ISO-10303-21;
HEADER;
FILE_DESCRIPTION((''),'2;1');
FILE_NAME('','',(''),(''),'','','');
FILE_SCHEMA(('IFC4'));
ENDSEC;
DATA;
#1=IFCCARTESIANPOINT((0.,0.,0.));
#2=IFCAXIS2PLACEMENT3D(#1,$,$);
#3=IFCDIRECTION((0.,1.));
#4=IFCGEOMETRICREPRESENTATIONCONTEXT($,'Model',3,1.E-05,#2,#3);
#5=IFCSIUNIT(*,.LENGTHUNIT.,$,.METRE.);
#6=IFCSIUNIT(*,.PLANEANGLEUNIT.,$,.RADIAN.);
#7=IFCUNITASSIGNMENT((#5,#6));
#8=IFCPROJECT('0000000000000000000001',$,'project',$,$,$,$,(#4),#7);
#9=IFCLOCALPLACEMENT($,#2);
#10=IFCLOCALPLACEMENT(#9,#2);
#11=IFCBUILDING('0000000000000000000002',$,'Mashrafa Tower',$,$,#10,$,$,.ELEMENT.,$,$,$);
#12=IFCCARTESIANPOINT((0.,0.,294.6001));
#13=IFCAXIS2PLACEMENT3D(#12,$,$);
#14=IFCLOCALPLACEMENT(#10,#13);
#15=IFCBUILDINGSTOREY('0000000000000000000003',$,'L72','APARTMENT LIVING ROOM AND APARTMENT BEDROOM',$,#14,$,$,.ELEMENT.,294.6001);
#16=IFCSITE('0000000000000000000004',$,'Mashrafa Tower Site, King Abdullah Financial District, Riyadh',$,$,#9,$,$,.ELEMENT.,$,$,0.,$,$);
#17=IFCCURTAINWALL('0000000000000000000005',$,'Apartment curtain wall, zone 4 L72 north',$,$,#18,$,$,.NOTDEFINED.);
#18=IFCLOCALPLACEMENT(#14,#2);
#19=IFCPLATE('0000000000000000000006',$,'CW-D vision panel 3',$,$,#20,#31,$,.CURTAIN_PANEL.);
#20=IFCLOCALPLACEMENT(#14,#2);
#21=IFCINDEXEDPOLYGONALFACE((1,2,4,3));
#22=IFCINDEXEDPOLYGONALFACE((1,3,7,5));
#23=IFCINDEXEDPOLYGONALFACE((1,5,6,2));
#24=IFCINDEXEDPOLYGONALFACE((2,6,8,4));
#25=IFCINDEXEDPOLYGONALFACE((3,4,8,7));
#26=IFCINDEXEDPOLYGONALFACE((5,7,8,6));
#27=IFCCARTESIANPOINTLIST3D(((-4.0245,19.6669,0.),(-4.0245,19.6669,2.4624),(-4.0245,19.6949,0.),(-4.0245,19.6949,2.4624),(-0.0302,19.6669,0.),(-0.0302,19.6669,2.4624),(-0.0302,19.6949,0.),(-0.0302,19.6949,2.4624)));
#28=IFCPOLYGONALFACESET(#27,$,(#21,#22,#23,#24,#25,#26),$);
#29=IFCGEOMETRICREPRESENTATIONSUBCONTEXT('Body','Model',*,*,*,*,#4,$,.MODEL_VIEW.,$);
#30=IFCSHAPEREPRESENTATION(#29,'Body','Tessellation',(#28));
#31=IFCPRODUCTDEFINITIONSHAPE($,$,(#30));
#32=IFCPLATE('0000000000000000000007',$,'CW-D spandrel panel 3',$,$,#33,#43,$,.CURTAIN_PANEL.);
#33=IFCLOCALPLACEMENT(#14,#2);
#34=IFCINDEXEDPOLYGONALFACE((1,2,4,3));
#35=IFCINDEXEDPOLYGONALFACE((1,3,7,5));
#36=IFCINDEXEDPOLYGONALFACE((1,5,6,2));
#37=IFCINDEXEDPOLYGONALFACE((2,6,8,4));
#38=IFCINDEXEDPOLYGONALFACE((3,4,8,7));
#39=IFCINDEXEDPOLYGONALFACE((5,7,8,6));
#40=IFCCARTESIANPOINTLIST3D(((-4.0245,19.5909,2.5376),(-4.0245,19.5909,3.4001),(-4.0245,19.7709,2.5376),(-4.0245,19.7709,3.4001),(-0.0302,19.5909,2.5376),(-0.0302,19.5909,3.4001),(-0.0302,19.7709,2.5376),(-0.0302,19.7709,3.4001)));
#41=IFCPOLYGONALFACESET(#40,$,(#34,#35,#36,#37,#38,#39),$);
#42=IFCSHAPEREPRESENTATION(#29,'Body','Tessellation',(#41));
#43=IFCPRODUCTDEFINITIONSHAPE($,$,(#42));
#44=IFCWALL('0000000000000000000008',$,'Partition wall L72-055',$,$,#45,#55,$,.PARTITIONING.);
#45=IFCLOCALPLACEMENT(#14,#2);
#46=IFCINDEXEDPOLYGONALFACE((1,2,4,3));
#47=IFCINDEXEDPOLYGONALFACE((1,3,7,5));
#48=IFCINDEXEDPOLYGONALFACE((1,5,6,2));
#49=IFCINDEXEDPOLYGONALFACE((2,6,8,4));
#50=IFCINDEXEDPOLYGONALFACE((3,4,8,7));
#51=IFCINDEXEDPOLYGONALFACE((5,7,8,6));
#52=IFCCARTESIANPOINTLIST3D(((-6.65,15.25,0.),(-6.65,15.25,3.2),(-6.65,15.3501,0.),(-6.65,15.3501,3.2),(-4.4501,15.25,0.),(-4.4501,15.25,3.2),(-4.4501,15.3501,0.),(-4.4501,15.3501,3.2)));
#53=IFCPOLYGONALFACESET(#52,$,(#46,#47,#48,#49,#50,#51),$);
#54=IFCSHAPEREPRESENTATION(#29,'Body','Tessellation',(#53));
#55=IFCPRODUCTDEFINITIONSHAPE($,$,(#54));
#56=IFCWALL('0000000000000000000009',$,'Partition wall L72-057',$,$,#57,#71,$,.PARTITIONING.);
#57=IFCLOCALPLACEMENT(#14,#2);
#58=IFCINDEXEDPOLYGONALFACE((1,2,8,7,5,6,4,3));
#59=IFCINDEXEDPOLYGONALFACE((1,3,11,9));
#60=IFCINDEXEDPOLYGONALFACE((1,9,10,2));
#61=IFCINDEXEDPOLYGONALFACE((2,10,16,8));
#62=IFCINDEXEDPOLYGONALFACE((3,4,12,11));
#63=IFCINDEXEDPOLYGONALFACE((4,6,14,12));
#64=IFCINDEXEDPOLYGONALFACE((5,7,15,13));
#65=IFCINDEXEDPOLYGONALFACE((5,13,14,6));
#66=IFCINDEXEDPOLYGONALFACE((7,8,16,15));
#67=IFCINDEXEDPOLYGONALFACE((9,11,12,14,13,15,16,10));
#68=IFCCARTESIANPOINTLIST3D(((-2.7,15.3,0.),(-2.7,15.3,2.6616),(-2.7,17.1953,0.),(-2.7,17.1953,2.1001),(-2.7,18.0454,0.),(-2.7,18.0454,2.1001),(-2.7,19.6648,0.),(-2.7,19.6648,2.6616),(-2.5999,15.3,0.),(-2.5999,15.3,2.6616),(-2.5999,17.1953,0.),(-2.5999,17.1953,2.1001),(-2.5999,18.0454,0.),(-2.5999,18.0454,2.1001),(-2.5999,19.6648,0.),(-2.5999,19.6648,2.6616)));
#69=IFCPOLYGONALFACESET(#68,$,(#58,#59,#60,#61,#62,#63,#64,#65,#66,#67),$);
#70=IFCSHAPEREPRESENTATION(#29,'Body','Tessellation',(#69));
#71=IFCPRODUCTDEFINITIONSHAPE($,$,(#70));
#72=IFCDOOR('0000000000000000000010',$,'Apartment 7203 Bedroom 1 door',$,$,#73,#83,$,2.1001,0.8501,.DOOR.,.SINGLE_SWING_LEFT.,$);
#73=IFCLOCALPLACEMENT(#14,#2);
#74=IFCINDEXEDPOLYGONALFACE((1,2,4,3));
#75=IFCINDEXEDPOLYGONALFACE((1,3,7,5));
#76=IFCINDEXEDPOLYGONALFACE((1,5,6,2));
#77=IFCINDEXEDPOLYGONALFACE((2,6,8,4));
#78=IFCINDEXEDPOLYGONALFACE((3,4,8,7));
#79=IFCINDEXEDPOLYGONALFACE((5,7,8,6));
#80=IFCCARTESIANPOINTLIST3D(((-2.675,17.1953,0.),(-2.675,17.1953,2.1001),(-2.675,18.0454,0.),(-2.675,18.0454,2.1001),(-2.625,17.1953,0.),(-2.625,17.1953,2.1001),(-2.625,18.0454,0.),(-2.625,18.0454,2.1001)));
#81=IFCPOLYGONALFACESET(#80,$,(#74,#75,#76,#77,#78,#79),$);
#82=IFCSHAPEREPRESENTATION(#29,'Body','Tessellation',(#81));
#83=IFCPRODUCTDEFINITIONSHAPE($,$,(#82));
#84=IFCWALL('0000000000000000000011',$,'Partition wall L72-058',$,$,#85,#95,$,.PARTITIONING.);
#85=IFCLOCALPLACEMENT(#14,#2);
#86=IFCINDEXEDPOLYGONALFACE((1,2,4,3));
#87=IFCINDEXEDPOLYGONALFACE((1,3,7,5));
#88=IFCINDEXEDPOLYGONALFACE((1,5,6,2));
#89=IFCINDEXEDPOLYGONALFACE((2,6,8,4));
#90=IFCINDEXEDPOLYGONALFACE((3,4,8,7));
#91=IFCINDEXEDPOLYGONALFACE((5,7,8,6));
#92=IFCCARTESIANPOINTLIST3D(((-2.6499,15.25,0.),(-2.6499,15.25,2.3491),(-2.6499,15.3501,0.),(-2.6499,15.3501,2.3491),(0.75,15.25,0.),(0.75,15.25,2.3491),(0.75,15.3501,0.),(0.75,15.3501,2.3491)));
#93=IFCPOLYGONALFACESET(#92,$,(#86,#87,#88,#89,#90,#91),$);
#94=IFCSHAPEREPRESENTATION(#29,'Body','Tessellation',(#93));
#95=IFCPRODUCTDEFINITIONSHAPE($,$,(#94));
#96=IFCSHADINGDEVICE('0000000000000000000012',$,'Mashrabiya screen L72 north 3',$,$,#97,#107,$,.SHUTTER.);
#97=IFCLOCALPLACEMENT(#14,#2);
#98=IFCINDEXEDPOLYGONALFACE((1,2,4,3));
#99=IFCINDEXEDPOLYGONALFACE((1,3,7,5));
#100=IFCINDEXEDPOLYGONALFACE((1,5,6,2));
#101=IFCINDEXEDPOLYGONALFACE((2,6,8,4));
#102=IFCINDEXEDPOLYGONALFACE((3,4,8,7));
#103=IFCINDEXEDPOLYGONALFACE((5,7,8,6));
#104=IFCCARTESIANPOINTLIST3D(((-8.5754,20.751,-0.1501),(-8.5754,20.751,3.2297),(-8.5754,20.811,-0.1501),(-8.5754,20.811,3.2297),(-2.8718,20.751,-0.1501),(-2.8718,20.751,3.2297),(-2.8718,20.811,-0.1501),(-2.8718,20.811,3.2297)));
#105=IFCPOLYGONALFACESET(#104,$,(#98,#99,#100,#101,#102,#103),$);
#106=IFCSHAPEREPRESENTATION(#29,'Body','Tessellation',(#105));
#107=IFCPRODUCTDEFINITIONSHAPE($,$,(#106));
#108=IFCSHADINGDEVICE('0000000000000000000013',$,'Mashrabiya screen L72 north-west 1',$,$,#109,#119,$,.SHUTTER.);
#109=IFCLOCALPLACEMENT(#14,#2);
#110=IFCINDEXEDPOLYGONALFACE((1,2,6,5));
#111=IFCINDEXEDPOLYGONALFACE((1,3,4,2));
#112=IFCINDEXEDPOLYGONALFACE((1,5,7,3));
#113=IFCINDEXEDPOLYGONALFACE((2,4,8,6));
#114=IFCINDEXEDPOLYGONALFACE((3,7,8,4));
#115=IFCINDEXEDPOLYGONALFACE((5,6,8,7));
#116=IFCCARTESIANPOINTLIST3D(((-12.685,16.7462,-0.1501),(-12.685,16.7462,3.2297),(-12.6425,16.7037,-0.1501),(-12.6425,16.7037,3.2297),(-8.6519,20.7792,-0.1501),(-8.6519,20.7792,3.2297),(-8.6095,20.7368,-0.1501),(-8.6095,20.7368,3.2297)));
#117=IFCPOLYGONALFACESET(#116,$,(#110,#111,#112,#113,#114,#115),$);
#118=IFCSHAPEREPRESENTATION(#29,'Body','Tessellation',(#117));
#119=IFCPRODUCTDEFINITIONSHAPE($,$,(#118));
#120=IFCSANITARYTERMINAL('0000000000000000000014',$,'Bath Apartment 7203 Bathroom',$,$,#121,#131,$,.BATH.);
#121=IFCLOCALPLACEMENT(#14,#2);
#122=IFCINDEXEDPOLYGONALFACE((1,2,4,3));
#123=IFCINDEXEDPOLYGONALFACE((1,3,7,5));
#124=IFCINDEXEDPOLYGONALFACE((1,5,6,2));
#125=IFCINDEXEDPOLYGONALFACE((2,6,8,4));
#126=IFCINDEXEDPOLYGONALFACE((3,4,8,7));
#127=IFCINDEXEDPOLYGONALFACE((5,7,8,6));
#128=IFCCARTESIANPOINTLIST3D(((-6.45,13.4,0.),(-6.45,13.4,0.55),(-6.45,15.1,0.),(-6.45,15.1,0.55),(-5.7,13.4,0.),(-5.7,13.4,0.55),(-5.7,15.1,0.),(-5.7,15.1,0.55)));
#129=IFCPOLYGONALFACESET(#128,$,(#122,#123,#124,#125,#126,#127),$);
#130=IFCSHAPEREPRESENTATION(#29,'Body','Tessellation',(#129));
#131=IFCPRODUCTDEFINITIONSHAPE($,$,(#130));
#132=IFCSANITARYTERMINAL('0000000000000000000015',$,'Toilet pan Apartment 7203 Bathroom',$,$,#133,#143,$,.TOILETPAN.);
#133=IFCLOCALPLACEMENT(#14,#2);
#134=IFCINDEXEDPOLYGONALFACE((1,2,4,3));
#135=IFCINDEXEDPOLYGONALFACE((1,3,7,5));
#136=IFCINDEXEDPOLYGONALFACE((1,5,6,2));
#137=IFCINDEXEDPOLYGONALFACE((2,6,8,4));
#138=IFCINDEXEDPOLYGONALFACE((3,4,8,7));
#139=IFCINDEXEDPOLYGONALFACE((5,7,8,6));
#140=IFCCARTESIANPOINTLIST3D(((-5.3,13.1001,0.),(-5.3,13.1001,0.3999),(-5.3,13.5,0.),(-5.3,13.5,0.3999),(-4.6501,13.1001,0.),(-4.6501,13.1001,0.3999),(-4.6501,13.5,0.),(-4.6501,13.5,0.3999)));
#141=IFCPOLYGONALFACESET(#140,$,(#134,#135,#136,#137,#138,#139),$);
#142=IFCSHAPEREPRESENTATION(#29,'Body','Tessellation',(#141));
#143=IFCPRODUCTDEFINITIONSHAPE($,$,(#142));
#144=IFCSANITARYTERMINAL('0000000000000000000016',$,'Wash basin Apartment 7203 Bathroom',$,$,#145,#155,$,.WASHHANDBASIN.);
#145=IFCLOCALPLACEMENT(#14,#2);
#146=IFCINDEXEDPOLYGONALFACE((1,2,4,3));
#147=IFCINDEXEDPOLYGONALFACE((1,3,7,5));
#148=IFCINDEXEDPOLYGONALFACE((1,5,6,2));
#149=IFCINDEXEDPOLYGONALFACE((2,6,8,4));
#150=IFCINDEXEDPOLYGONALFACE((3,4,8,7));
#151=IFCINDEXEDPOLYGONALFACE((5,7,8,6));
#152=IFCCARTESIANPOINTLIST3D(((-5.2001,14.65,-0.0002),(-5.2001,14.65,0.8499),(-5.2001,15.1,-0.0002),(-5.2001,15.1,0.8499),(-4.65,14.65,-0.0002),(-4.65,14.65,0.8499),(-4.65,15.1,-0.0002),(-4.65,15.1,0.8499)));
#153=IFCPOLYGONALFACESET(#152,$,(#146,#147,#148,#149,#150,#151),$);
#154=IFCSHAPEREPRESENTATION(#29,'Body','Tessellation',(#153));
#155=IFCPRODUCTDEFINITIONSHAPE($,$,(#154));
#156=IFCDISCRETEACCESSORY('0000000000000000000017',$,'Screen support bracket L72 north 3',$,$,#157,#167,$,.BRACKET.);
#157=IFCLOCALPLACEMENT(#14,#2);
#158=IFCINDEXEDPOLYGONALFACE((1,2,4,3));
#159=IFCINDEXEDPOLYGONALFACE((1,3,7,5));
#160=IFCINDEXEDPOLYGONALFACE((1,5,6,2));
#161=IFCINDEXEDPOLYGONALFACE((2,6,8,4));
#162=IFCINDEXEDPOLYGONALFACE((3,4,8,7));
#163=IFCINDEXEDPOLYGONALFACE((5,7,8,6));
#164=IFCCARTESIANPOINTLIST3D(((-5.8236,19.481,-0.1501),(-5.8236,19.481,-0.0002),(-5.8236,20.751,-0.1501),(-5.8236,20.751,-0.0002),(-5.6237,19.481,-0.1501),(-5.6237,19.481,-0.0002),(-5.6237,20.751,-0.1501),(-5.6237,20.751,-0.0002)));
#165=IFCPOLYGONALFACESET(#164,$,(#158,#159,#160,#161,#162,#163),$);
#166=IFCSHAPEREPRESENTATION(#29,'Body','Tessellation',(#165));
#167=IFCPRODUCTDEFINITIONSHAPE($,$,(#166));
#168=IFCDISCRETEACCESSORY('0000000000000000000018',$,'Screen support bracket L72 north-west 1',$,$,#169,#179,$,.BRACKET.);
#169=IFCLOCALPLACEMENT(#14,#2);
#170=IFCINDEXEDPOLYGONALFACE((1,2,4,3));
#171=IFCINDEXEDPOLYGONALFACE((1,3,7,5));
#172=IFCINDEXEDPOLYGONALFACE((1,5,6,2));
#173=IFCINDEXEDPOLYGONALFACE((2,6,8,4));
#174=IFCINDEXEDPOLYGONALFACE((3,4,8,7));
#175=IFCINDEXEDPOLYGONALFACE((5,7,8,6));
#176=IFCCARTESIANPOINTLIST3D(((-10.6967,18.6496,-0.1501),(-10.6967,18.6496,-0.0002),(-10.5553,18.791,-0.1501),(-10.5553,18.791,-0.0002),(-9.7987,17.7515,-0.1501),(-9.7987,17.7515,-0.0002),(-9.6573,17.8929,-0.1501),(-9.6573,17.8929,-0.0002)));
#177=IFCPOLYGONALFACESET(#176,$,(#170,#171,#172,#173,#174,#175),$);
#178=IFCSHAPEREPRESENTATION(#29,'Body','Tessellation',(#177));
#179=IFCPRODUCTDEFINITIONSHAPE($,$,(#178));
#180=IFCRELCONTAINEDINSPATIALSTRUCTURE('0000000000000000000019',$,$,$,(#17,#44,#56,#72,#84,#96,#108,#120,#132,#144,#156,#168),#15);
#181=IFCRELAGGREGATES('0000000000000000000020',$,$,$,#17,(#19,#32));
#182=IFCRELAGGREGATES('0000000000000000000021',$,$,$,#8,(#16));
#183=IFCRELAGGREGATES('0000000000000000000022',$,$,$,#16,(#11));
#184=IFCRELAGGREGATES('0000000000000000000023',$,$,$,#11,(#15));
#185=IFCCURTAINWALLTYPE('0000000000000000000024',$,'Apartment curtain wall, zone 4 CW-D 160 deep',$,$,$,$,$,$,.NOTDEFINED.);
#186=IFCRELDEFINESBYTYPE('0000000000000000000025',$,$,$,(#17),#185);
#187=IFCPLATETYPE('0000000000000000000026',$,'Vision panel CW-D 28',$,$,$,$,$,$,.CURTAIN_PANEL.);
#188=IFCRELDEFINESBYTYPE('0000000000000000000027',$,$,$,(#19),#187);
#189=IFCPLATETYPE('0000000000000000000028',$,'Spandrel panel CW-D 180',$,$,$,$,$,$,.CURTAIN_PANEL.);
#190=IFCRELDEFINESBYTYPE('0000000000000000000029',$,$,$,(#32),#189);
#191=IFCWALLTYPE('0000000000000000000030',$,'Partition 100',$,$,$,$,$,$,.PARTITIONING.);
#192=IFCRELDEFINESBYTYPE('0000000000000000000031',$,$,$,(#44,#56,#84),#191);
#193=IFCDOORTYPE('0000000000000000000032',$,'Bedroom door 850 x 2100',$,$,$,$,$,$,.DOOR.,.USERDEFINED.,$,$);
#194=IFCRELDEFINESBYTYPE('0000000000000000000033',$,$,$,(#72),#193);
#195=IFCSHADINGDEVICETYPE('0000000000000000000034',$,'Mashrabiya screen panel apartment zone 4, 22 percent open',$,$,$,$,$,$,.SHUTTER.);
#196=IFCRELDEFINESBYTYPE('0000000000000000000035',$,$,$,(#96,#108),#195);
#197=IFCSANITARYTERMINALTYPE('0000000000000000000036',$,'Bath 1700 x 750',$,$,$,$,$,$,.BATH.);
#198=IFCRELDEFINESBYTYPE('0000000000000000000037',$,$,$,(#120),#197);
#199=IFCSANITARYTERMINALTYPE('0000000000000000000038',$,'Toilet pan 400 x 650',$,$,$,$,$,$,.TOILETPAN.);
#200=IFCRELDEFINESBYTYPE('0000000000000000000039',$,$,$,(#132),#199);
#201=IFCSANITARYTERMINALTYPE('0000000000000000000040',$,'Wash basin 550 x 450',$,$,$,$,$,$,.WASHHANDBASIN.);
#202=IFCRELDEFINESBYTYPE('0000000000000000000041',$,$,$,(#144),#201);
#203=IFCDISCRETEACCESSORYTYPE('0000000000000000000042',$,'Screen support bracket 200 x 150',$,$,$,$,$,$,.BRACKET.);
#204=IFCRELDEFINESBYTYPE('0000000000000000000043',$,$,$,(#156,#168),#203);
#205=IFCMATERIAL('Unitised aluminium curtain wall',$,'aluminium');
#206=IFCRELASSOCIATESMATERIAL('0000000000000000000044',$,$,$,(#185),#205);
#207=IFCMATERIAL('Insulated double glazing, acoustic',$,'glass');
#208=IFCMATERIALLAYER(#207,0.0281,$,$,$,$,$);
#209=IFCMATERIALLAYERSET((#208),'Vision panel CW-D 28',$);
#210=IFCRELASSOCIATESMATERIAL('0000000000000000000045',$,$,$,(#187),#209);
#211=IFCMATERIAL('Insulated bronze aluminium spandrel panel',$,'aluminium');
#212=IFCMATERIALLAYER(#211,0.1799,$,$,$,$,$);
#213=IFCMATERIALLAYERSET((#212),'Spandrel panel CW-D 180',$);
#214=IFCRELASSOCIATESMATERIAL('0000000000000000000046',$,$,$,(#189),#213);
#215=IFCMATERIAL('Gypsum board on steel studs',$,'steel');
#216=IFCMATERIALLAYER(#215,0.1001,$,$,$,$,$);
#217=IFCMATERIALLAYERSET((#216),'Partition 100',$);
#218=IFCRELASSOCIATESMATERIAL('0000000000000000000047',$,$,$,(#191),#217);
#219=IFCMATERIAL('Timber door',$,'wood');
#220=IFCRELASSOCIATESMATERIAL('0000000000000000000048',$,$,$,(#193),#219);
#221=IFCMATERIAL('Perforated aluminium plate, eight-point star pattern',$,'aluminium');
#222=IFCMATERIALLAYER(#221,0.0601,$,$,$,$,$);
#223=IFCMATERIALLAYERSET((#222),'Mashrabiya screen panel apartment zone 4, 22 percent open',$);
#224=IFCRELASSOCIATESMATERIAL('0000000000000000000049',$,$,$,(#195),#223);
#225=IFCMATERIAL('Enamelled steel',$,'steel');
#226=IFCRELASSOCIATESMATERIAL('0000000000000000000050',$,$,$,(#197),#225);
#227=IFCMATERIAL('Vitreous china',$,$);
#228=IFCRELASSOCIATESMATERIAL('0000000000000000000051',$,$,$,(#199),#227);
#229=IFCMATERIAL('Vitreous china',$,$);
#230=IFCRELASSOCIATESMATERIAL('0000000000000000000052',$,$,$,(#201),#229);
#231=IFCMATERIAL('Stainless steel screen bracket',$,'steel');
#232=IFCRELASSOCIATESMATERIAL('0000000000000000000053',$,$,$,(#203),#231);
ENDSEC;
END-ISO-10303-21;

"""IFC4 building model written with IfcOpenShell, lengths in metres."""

from ifc_helpers import new_model, si_unit, direction, frame, frame_2d, origin, origin_2d, place, context, subcontext, project, spatial, rectangle, extrude, source, transform, mapped, material, layer, layer_set, type_object, type_shapes, element, fill, aggregate, save


model = new_model("IFC4")

# Units and contexts
model_context = context("Model", 3, precision=1e-05, world=origin(), true_north=direction((0.0, 1.0)))
body_context = subcontext(model_context, "Body", "Model", "MODEL_VIEW")
ifc_project = project(units=[si_unit("LENGTHUNIT", "METRE"), si_unit("PLANEANGLEUNIT", "RADIAN")], contexts=[model_context])

# Site, building, storey
site_placement = place(None, origin())
site = spatial("IfcSite", under=ifc_project, at=site_placement, Name="Mashrafa Tower Site, King Abdullah Financial District, Riyadh", CompositionType="ELEMENT", RefElevation=0.0)
building_placement = place(site_placement, origin())
building = spatial("IfcBuilding", under=site, at=building_placement, Name="Mashrafa Tower", CompositionType="ELEMENT")
storey_placement = place(building_placement, frame((0.0, 0.0, 294.6001)))
storey = spatial("IfcBuildingStorey", under=building, at=storey_placement, Name="L72", Description="APARTMENT LIVING ROOM AND APARTMENT BEDROOM", CompositionType="ELEMENT", Elevation=294.6001)

# Curtain wall
ifc_material_1 = material(Name="Unitised aluminium curtain wall", Category="aluminium")
curtain_wall_type = type_object("IfcCurtainWallType", Name="Apartment curtain wall, zone 4 CW-D 160 deep", PredefinedType="NOTDEFINED", material=ifc_material_1)
curtain_wall_1_placement = place(storey_placement, origin())
curtain_wall_1 = element("IfcCurtainWall", 1, at=curtain_wall_1_placement, inside=storey, type_object=curtain_wall_type, Name="Apartment curtain wall, zone 4 L72 north", PredefinedType="NOTDEFINED")

# Plates
ifc_material_2 = material(Name="Insulated double glazing, acoustic", Category="glass")
ifc_layer_1 = layer(ifc_material_2, 0.0281)
ifc_layer_set_1 = layer_set([ifc_layer_1], Name="Vision panel CW-D 28")
plate_type_1 = type_object("IfcPlateType", Name="Vision panel CW-D 28", PredefinedType="CURTAIN_PANEL", material=ifc_layer_set_1)
ifc_material_3 = material(Name="Insulated bronze aluminium spandrel panel", Category="aluminium")
ifc_layer_2 = layer(ifc_material_3, 0.1799)
ifc_layer_set_2 = layer_set([ifc_layer_2], Name="Spandrel panel CW-D 180")
plate_type_2 = type_object("IfcPlateType", Name="Spandrel panel CW-D 180", PredefinedType="CURTAIN_PANEL", material=ifc_layer_set_2)
shared_shape_1 = source(origin(), body_context, "Body", "SweptSolid", [
    extrude(rectangle(XDim=3.9944, YDim=0.0281, at=origin_2d()), origin(), (0.0, 0.0, 1.0), 2.4624),
])
plate_1_placement = place(storey_placement, frame((-2.0273, 19.6809, 0.0), z_axis=(0.0, 0.0, 1.0), x_axis=(-1.0, 0.0, 0.0)))
plate_1 = element("IfcPlate", 2, at=plate_1_placement, type_object=plate_type_1, Name="CW-D vision panel 3", PredefinedType="CURTAIN_PANEL", context=body_context, shape_type="MappedRepresentation", body=[
    mapped(shared_shape_1, transform((0.0, 0.0, 0.0))),
])
shared_shape_2 = source(origin(), body_context, "Body", "SweptSolid", [
    extrude(rectangle(XDim=3.9944, YDim=0.1799, at=origin_2d()), origin(), (0.0, 0.0, 1.0), 0.8625),
])
plate_2_placement = place(storey_placement, frame((-2.0273, 19.6809, 2.5376), z_axis=(0.0, 0.0, 1.0), x_axis=(-1.0, 0.0, 0.0)))
plate_2 = element("IfcPlate", 3, at=plate_2_placement, type_object=plate_type_2, Name="CW-D spandrel panel 3", PredefinedType="CURTAIN_PANEL", context=body_context, shape_type="MappedRepresentation", body=[
    mapped(shared_shape_2, transform((0.0, 0.0, 0.0))),
])
aggregate(curtain_wall_1, [plate_1, plate_2])

# Wall
ifc_material_4 = material(Name="Gypsum board on steel studs", Category="steel")
ifc_layer_3 = layer(ifc_material_4, 0.1001)
ifc_layer_set_3 = layer_set([ifc_layer_3], Name="Partition 100")
wall_type = type_object("IfcWallType", Name="Partition 100", PredefinedType="PARTITIONING", material=ifc_layer_set_3)
wall_1_placement = place(storey_placement, frame((-4.45, 15.3, 0.0), z_axis=(0.0, 0.0, 1.0), x_axis=(-1.0, 0.0, 0.0)))
element("IfcWall", 4, at=wall_1_placement, inside=storey, type_object=wall_type, Name="Partition wall L72-055", PredefinedType="PARTITIONING", context=body_context, shape_type="SweptSolid", body=[
    extrude(rectangle(XDim=2.2, YDim=0.1001, at=frame_2d((1.1001, 0.0))), origin(), (0.0, 0.0, 1.0), 3.2),
])

# Wall, opening, door
wall_2_placement = place(storey_placement, frame((-2.6499, 19.6648, 0.0), z_axis=(0.0, 0.0, 1.0), x_axis=(0.0, -1.0, 0.0)))
wall_2 = element("IfcWall", 5, at=wall_2_placement, inside=storey, type_object=wall_type, Name="Partition wall L72-057", PredefinedType="PARTITIONING", context=body_context, shape_type="SweptSolid", body=[
    extrude(rectangle(XDim=4.3647, YDim=0.1001, at=frame_2d((2.1824, 0.0))), origin(), (0.0, 0.0, 1.0), 2.6616),
])
opening_placement = place(wall_2_placement, frame((1.6194, 0.0, 0.0)))
opening = element("IfcOpeningElement", 6, at=opening_placement, cuts=wall_2, PredefinedType="OPENING", context=body_context, shape_type="SweptSolid", body=[
    extrude(rectangle(XDim=0.8501, YDim=2.1001, at=frame_2d((0.425, 1.05))), frame((0.0, 0.0601, 0.0), z_axis=(0.0, -1.0, 0.0), x_axis=(1.0, 0.0, 0.0)), (0.0, 0.0, 1.0), 0.1201),
])
ifc_material_5 = material(Name="Timber door", Category="wood")
door_type = type_object("IfcDoorType", Name="Bedroom door 850 x 2100", OperationType="USERDEFINED", PredefinedType="DOOR", material=ifc_material_5)
door_placement = place(opening_placement, origin())
door = element("IfcDoor", 7, at=door_placement, inside=storey, type_object=door_type, Name="Apartment 7203 Bedroom 1 door", OperationType="SINGLE_SWING_LEFT", OverallHeight=2.1001, OverallWidth=0.8501, PredefinedType="DOOR", context=body_context, shape_type="SweptSolid", body=[
    extrude(rectangle(XDim=0.8501, YDim=2.1001, at=frame_2d((0.425, 1.05))), frame((0.0, 0.0249, 0.0), z_axis=(0.0, -1.0, 0.0), x_axis=(1.0, 0.0, 0.0)), (0.0, 0.0, 1.0), 0.05),
])
fill(opening, door)

# Wall
wall_3_placement = place(storey_placement, frame((-2.6499, 15.3, 0.0), z_axis=(0.0, 0.0, 1.0), x_axis=(1.0, 0.0, 0.0)))
element("IfcWall", 8, at=wall_3_placement, inside=storey, type_object=wall_type, Name="Partition wall L72-058", PredefinedType="PARTITIONING", context=body_context, shape_type="SweptSolid", body=[
    extrude(rectangle(XDim=3.3999, YDim=0.1001, at=frame_2d((1.7, 0.0))), origin(), (0.0, 0.0, 1.0), 2.3491),
])

# Shading devices
ifc_material_6 = material(Name="Perforated aluminium plate, eight-point star pattern", Category="aluminium")
ifc_layer_4 = layer(ifc_material_6, 0.0601)
ifc_layer_set_4 = layer_set([ifc_layer_4], Name="Mashrabiya screen panel apartment zone 4, 22 percent open")
shading_device_type = type_object("IfcShadingDeviceType", Name="Mashrabiya screen panel apartment zone 4, 22 percent open", PredefinedType="SHUTTER", material=ifc_layer_set_4)
shared_shape_3 = source(origin(), body_context, "Body", "SweptSolid", [
    extrude(rectangle(XDim=5.7036, YDim=0.0601, at=origin_2d()), origin(), (0.0, 0.0, 1.0), 3.3799),
])
type_shapes(shading_device_type, [shared_shape_3])
for number, where, z_axis, x_axis, name in (
    (9, (-5.7236, 20.781, -0.1501), (0.0, 0.0, 1.0), (-1.0, 0.0, 0.0), "Mashrabiya screen L72 north 3"),
    (10, (-10.6472, 18.7415, -0.1501), (0.0, 0.0, 1.0), (-0.707107, -0.707107, 0.0), "Mashrabiya screen L72 north-west 1"),
):
    element("IfcShadingDevice", number, at=place(storey_placement, frame(where, z_axis=z_axis, x_axis=x_axis)), inside=storey, type_object=shading_device_type, Name=name, PredefinedType="SHUTTER", context=body_context, shape_type="MappedRepresentation", body=[
        mapped(shared_shape_3, transform((0.0, 0.0, 0.0))),
    ])

# Sanitary terminals
ifc_material_7 = material(Name="Enamelled steel", Category="steel")
sanitary_terminal_type_1 = type_object("IfcSanitaryTerminalType", Name="Bath 1700 x 750", PredefinedType="BATH", material=ifc_material_7)
sanitary_terminal_1_placement = place(storey_placement, frame((-6.075, 14.25, 0.0), z_axis=(0.0, 0.0, 1.0), x_axis=(0.0, -1.0, 0.0)))
element("IfcSanitaryTerminal", 11, at=sanitary_terminal_1_placement, inside=storey, type_object=sanitary_terminal_type_1, Name="Bath Apartment 7203 Bathroom", PredefinedType="BATH", context=body_context, shape_type="SweptSolid", body=[
    extrude(rectangle(XDim=1.7, YDim=0.75, at=origin_2d()), origin(), (0.0, 0.0, 1.0), 0.55),
])
ifc_material_8 = material(Name="Vitreous china")
sanitary_terminal_type_2 = type_object("IfcSanitaryTerminalType", Name="Toilet pan 400 x 650", PredefinedType="TOILETPAN", material=ifc_material_8)
sanitary_terminal_2_placement = place(storey_placement, frame((-4.9751, 13.3, 0.0), z_axis=(0.0, 0.0, 1.0), x_axis=(0.0, 1.0, 0.0)))
element("IfcSanitaryTerminal", 12, at=sanitary_terminal_2_placement, inside=storey, type_object=sanitary_terminal_type_2, Name="Toilet pan Apartment 7203 Bathroom", PredefinedType="TOILETPAN", context=body_context, shape_type="SweptSolid", body=[
    extrude(rectangle(XDim=0.3999, YDim=0.6499, at=origin_2d()), origin(), (0.0, 0.0, 1.0), 0.3999),
])
ifc_material_9 = material(Name="Vitreous china")
sanitary_terminal_type_3 = type_object("IfcSanitaryTerminalType", Name="Wash basin 550 x 450", PredefinedType="WASHHANDBASIN", material=ifc_material_9)
sanitary_terminal_3_placement = place(storey_placement, frame((-4.925, 14.875, -0.0002), z_axis=(0.0, 0.0, 1.0), x_axis=(-1.0, 0.0, 0.0)))
element("IfcSanitaryTerminal", 13, at=sanitary_terminal_3_placement, inside=storey, type_object=sanitary_terminal_type_3, Name="Wash basin Apartment 7203 Bathroom", PredefinedType="WASHHANDBASIN", context=body_context, shape_type="SweptSolid", body=[
    extrude(rectangle(XDim=0.55, YDim=0.45, at=origin_2d()), origin(), (0.0, 0.0, 1.0), 0.8501),
])

# Discrete accessories
ifc_material_10 = material(Name="Stainless steel screen bracket", Category="steel")
discrete_accessory_type = type_object("IfcDiscreteAccessoryType", Name="Screen support bracket 200 x 150", PredefinedType="BRACKET", material=ifc_material_10)
shared_shape_4 = source(origin(), body_context, "Body", "SweptSolid", [
    extrude(rectangle(XDim=0.2, YDim=1.27, at=origin_2d()), origin(), (0.0, 0.0, 1.0), 0.1499),
])
type_shapes(discrete_accessory_type, [shared_shape_4])
for number, where, z_axis, x_axis, name in (
    (14, (-5.7236, 20.116, -0.1501), (0.0, 0.0, 1.0), (-1.0, 0.0, 0.0), "Screen support bracket L72 north 3"),
    (15, (-10.177, 18.2712, -0.1501), (0.0, 0.0, 1.0), (-0.707107, -0.707107, 0.0), "Screen support bracket L72 north-west 1"),
):
    element("IfcDiscreteAccessory", number, at=place(storey_placement, frame(where, z_axis=z_axis, x_axis=x_axis)), inside=storey, type_object=discrete_accessory_type, Name=name, PredefinedType="BRACKET", context=body_context, shape_type="MappedRepresentation", body=[
        mapped(shared_shape_4, transform((0.0, 0.0, 0.0))),
    ])

save(model, "model.ifc")
